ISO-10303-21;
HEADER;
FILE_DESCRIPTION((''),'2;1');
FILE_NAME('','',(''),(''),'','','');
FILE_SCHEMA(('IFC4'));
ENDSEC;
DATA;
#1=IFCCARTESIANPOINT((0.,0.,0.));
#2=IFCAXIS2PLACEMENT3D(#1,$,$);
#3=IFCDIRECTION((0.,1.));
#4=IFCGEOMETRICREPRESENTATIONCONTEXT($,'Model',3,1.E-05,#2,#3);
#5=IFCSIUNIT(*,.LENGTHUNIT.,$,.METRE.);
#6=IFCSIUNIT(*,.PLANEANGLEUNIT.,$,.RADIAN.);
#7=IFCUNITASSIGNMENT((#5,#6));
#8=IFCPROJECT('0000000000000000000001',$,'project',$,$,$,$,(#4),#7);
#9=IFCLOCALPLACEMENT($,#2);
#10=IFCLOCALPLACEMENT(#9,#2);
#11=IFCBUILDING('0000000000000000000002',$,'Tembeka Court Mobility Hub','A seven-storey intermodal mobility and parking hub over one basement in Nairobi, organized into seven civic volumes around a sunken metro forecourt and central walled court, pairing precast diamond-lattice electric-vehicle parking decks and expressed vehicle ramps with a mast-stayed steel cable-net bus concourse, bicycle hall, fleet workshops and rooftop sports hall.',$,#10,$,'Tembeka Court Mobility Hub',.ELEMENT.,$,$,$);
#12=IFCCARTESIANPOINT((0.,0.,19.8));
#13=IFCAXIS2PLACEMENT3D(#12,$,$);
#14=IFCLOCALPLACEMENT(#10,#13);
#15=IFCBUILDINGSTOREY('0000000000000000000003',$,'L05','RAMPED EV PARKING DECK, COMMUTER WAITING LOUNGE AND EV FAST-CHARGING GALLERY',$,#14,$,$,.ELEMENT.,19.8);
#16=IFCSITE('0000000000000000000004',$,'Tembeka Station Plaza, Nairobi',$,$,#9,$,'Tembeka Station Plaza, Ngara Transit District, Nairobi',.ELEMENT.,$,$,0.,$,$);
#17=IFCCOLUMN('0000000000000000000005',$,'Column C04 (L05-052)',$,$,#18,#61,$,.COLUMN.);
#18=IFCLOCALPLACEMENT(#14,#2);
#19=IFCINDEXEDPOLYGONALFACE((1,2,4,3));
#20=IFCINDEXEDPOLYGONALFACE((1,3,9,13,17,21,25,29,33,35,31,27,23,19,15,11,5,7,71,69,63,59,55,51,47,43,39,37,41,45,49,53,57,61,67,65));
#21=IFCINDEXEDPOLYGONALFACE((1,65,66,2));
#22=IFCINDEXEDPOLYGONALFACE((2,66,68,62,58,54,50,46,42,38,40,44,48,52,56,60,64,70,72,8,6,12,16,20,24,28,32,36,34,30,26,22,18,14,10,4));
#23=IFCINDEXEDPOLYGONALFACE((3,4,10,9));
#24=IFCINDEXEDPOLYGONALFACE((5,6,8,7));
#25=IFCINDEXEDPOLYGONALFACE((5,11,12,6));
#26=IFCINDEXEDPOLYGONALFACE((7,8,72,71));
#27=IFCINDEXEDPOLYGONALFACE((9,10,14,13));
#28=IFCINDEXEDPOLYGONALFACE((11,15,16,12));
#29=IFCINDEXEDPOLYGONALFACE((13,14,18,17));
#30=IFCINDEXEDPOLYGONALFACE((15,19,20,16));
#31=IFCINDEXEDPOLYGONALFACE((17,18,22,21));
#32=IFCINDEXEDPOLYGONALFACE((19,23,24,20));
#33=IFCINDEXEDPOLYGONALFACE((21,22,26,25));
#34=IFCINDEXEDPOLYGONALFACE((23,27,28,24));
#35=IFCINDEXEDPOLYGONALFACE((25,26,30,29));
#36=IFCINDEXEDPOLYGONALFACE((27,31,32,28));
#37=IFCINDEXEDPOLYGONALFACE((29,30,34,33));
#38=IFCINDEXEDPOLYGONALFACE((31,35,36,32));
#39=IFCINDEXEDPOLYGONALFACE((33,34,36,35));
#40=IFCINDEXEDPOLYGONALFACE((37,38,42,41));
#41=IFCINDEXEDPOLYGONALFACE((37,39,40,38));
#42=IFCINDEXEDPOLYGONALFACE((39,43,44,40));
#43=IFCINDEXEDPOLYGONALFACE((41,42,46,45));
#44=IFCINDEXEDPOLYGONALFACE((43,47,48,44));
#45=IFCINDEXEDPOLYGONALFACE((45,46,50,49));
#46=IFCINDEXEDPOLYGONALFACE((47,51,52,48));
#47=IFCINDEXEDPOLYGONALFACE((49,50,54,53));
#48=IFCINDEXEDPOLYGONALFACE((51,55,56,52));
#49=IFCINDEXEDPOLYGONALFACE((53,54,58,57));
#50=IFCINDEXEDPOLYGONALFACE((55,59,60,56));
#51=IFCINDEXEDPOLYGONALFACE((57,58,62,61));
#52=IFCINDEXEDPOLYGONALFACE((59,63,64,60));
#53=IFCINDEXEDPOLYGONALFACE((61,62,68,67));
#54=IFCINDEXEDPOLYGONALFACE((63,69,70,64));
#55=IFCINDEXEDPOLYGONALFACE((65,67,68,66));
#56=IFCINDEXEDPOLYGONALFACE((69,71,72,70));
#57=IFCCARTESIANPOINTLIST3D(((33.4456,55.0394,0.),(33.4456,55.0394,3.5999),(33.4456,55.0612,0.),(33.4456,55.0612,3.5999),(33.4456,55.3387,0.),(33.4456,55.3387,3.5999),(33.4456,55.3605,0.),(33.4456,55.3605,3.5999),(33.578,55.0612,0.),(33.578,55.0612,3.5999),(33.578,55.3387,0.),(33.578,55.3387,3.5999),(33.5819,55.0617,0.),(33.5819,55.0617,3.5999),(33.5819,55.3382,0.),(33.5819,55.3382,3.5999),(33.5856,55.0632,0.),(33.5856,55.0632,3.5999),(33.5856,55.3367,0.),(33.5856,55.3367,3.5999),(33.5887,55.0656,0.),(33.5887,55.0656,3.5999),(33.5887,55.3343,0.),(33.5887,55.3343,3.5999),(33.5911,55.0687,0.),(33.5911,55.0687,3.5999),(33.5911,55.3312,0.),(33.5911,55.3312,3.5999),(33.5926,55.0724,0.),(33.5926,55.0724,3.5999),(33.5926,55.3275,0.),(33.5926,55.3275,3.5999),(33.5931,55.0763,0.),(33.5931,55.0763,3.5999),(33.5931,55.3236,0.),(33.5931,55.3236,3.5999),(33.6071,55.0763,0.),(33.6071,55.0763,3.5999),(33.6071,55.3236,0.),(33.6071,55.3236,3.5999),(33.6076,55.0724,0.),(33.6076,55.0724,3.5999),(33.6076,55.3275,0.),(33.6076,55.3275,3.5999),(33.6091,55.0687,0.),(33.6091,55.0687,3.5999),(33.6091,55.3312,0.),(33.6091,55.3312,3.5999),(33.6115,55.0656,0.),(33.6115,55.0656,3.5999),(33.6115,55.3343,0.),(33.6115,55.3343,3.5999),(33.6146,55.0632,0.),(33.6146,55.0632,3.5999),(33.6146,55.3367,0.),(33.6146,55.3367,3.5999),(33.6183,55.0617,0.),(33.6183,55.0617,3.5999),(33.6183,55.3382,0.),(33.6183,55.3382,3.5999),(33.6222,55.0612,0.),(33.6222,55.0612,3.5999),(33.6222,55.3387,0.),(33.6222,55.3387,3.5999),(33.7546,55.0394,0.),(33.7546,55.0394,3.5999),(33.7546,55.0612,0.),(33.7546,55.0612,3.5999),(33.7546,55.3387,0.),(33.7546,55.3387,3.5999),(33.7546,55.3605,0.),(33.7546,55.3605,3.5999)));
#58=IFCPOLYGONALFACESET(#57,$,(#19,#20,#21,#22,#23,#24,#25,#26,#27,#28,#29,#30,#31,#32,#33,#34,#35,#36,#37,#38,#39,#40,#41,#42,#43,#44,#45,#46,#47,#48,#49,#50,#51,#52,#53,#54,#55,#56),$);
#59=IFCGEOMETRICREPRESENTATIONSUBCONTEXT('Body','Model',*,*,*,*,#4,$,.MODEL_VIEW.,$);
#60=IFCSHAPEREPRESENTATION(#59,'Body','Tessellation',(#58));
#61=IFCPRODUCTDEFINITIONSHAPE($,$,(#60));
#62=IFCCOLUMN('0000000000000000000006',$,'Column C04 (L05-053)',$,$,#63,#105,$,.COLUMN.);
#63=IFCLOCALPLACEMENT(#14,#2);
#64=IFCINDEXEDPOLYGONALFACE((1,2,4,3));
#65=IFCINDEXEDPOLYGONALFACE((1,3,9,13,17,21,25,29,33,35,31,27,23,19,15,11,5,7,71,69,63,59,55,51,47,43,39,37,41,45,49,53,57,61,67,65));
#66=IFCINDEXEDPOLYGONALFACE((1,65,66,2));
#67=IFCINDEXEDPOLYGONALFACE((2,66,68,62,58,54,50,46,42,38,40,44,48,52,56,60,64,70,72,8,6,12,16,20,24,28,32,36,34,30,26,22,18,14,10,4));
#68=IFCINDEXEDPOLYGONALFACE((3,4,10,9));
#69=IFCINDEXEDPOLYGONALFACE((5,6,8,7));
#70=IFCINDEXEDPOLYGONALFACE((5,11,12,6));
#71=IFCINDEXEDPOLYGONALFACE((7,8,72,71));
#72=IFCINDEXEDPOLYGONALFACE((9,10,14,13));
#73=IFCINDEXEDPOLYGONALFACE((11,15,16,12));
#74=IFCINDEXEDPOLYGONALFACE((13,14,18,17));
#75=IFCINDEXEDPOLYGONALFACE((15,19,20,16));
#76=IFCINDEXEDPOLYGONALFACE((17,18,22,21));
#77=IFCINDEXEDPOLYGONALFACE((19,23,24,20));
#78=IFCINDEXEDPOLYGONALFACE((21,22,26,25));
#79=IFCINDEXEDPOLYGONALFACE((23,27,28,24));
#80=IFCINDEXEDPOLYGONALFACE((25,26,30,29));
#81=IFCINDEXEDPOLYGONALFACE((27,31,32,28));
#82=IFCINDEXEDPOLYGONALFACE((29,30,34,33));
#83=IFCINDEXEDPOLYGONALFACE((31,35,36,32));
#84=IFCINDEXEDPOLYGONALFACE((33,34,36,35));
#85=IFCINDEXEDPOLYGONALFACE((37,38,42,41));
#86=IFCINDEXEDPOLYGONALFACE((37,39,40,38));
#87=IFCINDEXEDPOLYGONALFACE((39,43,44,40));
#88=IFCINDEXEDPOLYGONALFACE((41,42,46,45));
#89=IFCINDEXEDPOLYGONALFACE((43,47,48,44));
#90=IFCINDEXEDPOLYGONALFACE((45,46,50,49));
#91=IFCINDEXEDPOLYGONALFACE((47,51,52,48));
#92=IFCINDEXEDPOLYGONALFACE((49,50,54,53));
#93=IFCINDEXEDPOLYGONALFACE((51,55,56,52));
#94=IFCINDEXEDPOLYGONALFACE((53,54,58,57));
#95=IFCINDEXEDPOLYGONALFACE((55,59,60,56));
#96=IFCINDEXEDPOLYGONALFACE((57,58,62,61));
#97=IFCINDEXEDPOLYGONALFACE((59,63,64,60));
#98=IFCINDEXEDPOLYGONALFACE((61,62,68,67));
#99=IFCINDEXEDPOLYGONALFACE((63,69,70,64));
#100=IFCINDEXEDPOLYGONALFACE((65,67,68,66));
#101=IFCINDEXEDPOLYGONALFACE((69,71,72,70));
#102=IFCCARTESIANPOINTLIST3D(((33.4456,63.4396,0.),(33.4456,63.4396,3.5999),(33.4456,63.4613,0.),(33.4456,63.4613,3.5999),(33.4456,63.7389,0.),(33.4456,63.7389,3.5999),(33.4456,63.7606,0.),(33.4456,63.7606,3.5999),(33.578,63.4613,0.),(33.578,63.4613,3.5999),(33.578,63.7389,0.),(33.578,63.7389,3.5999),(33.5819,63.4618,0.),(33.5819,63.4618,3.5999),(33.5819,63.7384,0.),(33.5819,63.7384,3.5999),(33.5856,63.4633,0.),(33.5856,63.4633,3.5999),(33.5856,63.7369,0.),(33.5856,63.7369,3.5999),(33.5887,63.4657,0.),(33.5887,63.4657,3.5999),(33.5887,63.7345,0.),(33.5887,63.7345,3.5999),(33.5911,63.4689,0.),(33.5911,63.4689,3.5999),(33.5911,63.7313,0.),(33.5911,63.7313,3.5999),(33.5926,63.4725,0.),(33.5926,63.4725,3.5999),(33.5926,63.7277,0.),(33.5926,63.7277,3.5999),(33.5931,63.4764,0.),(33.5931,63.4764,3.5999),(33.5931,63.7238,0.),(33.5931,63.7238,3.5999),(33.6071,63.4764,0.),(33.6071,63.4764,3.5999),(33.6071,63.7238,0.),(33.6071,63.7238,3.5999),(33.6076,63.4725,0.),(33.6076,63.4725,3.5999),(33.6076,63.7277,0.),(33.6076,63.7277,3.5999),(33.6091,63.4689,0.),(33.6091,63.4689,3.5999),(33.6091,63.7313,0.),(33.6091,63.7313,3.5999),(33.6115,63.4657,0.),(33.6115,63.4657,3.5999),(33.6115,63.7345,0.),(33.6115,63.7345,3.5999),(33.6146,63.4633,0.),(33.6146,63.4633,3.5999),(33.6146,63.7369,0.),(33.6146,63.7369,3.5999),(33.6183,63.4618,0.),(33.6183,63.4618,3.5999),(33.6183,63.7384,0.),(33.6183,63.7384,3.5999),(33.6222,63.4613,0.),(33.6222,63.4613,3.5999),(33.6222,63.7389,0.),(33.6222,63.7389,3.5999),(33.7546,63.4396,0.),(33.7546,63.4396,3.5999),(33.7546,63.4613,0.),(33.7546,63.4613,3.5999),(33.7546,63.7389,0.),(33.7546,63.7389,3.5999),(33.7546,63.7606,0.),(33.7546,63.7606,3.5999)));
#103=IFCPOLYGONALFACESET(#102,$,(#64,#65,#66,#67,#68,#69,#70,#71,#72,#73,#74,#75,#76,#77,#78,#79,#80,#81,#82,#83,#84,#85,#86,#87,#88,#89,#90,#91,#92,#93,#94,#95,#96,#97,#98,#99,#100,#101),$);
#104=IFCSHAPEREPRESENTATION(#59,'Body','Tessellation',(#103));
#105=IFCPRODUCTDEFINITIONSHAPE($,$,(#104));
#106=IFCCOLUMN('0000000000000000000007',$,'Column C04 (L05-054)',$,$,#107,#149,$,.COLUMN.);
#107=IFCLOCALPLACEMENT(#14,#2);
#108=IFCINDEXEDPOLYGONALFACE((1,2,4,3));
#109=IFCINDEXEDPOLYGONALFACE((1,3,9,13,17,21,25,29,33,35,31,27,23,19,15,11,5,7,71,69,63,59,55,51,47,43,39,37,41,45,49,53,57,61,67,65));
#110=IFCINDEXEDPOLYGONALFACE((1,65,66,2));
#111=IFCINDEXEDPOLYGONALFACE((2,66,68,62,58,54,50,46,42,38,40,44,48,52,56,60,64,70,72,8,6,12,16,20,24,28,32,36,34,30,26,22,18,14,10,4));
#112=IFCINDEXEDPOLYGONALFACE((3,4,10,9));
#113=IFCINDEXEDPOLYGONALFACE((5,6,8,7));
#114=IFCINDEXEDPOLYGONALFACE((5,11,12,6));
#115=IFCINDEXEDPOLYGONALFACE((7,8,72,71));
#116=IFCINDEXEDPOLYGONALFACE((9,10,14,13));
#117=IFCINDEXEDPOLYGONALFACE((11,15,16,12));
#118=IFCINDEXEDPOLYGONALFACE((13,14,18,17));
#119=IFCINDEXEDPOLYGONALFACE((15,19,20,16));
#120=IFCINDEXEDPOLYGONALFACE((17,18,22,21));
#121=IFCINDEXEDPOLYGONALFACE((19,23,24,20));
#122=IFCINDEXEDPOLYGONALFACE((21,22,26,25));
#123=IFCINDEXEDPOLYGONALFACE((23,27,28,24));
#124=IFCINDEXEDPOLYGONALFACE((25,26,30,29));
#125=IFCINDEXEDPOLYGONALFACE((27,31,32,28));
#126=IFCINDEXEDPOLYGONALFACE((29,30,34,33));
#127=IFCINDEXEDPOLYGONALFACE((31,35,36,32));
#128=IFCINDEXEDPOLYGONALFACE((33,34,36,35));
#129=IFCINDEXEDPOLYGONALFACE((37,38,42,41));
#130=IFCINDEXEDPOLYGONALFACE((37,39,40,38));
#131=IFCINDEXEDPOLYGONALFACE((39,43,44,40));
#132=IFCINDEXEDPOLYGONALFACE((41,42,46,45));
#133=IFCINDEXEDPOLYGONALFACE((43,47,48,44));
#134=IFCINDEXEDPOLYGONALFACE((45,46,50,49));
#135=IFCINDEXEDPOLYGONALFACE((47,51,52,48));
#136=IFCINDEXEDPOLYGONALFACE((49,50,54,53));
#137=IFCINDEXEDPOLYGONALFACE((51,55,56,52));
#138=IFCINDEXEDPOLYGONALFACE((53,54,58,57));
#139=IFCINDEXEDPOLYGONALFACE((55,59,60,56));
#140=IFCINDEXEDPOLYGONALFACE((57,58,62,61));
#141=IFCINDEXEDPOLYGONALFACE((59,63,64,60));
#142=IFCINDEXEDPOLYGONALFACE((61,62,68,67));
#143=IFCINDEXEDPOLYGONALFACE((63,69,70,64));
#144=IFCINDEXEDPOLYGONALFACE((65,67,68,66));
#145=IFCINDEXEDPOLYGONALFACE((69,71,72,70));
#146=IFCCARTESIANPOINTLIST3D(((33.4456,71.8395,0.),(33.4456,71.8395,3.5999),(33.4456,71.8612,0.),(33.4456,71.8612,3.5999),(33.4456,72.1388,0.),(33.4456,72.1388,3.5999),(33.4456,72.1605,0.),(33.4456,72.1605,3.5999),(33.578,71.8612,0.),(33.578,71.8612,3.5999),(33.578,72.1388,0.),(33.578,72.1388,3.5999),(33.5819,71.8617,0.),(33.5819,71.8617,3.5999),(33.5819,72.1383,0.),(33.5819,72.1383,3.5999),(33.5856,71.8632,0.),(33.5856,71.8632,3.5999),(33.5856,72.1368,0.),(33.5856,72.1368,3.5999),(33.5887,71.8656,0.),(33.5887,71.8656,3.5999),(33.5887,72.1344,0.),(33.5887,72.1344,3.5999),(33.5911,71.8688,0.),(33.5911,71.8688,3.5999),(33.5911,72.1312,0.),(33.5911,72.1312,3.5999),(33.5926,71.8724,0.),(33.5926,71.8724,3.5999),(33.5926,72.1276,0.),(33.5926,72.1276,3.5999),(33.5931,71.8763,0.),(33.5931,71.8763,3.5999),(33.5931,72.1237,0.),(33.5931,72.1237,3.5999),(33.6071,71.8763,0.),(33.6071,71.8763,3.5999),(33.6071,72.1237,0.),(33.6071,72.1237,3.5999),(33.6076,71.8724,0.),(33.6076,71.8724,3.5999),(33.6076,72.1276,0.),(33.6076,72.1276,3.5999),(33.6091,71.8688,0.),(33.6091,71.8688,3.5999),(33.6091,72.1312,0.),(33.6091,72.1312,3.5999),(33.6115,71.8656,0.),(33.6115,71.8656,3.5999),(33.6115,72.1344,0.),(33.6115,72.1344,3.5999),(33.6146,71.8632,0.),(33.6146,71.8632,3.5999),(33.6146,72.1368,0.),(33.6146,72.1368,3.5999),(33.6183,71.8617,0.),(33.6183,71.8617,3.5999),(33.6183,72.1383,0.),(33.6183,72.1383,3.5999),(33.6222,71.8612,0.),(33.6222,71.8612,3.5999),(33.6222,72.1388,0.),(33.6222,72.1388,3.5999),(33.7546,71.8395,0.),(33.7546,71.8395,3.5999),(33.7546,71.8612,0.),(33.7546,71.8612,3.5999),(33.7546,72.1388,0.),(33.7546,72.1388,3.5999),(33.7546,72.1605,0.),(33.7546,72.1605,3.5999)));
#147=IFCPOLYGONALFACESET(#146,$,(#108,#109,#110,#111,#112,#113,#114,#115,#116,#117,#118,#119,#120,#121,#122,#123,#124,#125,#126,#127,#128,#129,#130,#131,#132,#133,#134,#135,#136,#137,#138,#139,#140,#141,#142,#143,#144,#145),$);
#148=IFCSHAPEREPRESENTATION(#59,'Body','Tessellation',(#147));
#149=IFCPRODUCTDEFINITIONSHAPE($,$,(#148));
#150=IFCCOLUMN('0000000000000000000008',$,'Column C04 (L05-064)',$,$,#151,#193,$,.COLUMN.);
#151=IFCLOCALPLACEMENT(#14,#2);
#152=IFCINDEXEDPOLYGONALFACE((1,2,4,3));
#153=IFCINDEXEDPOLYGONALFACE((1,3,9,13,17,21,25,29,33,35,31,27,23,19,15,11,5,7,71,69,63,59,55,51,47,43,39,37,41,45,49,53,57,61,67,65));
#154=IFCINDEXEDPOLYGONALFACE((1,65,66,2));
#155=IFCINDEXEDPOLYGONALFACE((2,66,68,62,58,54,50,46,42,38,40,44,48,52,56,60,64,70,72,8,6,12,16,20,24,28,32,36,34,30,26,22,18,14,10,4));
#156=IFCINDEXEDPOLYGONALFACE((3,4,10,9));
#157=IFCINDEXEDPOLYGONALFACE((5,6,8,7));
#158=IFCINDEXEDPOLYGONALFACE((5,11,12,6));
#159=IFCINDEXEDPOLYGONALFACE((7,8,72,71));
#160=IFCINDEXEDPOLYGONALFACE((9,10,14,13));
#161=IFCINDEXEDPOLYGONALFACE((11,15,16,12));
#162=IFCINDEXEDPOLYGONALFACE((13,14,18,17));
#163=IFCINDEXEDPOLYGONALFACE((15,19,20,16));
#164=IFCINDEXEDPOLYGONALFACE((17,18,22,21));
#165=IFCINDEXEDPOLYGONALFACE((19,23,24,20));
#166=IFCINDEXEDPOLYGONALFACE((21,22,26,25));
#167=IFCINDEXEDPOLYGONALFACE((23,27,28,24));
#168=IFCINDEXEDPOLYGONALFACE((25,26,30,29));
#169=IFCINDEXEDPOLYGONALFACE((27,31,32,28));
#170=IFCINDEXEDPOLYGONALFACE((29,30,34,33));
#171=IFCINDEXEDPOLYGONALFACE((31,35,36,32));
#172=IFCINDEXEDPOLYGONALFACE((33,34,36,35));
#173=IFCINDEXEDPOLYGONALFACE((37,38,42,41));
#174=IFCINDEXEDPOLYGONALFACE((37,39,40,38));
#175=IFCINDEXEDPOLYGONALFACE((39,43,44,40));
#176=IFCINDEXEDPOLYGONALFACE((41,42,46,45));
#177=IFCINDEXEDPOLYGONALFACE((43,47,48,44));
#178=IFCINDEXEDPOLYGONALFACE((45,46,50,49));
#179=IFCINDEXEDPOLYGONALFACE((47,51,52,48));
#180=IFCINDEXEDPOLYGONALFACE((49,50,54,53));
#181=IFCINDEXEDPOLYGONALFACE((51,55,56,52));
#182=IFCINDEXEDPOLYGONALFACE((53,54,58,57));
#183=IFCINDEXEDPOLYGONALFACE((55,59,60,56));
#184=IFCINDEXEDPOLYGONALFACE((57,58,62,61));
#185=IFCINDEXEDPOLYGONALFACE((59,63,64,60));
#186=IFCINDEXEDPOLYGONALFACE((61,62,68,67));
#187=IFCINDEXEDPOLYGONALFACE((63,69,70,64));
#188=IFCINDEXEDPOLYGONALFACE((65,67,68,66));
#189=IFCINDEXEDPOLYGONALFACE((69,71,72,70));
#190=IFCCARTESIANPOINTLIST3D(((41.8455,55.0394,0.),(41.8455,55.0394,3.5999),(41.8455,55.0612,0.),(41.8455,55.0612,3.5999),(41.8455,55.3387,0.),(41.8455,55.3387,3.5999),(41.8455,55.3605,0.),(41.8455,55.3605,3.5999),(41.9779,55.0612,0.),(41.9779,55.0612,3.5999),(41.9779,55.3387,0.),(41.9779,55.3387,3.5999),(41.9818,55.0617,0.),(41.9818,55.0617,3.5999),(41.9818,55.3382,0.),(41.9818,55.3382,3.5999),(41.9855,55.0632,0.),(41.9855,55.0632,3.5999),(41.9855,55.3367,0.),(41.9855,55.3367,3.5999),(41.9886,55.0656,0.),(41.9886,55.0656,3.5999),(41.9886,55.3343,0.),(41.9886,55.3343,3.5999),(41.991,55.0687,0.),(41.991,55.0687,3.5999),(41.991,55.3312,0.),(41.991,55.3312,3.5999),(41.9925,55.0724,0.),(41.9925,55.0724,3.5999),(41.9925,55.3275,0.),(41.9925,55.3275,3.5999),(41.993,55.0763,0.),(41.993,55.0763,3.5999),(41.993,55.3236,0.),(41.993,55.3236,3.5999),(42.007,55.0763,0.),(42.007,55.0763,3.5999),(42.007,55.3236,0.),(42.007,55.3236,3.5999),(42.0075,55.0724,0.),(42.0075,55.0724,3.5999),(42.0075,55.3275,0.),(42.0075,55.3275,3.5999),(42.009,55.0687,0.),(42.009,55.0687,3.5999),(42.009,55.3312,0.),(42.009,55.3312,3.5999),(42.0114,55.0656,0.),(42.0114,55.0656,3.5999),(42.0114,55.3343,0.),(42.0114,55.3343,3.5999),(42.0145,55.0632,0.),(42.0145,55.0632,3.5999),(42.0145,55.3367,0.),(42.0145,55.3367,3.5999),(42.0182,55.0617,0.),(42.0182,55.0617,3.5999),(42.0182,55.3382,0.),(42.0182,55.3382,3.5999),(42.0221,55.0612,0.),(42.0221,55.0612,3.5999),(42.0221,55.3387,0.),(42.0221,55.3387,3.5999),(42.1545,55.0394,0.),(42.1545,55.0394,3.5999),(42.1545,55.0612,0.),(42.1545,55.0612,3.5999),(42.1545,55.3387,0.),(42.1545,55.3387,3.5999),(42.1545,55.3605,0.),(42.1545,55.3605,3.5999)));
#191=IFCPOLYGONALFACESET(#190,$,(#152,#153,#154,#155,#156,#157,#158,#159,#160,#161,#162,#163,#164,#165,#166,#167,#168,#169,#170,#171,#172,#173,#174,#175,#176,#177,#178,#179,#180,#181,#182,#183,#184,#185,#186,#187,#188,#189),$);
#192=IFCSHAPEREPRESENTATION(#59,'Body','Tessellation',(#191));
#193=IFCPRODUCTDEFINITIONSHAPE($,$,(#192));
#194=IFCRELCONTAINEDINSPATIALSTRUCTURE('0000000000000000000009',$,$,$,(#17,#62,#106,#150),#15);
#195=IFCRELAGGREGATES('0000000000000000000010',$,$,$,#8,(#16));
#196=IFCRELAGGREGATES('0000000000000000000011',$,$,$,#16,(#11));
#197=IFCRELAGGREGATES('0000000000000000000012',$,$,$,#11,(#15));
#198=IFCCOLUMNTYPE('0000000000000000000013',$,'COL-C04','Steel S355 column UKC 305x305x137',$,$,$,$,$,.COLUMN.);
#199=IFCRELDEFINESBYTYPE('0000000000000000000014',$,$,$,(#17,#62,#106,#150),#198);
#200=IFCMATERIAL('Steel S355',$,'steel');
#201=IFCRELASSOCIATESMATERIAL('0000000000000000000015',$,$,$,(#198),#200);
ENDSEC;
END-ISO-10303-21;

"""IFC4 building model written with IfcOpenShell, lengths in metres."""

from ifc_helpers import new_model, si_unit, direction, frame, origin, origin_2d, place, context, subcontext, project, spatial, i_section, extrude, material, material_profile, profile_set, type_object, element, save


model = new_model("IFC4")

# Units and contexts
model_context = context("Model", 3, precision=1e-05, world=origin(), true_north=direction((0.0, 1.0)))
body_context = subcontext(model_context, "Body", "Model", "MODEL_VIEW")
ifc_project = project(units=[si_unit("LENGTHUNIT", "METRE"), si_unit("PLANEANGLEUNIT", "RADIAN")], contexts=[model_context])

# Site, building, storey
site_placement = place(None, origin())
site = spatial("IfcSite", under=ifc_project, at=site_placement, Name="Tembeka Station Plaza, Nairobi", LongName="Tembeka Station Plaza, Ngara Transit District, Nairobi", CompositionType="ELEMENT", RefElevation=0.0)
building_placement = place(site_placement, origin())
building = spatial("IfcBuilding", under=site, at=building_placement, Name="Tembeka Court Mobility Hub", Description="A seven-storey intermodal mobility and parking hub over one basement in Nairobi, organized into seven civic volumes around a sunken metro forecourt and central walled court, pairing precast diamond-lattice electric-vehicle parking decks and expressed vehicle ramps with a mast-stayed steel cable-net bus concourse, bicycle hall, fleet workshops and rooftop sports hall.", LongName="Tembeka Court Mobility Hub", CompositionType="ELEMENT")
storey_placement = place(building_placement, frame((0.0, 0.0, 19.8)))
storey = spatial("IfcBuildingStorey", under=building, at=storey_placement, Name="L05", Description="RAMPED EV PARKING DECK, COMMUTER WAITING LOUNGE AND EV FAST-CHARGING GALLERY", CompositionType="ELEMENT", Elevation=19.8)

# Columns
ifc_material_1 = material(Name="Steel S355", Category="steel")
ifc_material_profile_1 = material_profile(ifc_material_1, i_section(OverallWidth=0.3091, OverallDepth=0.321, WebThickness=0.0139, FlangeThickness=0.0217, FilletRadius=0.0151, at=origin_2d()), Name="UKC 305x305x137")
ifc_profile_set_1 = profile_set([ifc_material_profile_1], Name="Steel S355")
column_type = type_object("IfcColumnType", Name="COL-C04", Description="Steel S355 column UKC 305x305x137", PredefinedType="COLUMN", material=ifc_profile_set_1)
for number, where, z_axis, x_axis, name in (
    (1, (33.6001, 55.2, 0.0), (0.0, 0.0, 1.0), (1.0, 0.0, 0.0), "Column C04 (L05-052)"),
    (2, (33.6001, 63.6001, 0.0), (0.0, 0.0, 1.0), (1.0, 0.0, 0.0), "Column C04 (L05-053)"),
    (3, (33.6001, 72.0, 0.0), (0.0, 0.0, 1.0), (1.0, 0.0, 0.0), "Column C04 (L05-054)"),
    (4, (42.0, 55.2, 0.0), (0.0, 0.0, 1.0), (1.0, 0.0, 0.0), "Column C04 (L05-064)"),
):
    element("IfcColumn", number, at=place(storey_placement, frame(where, z_axis=z_axis, x_axis=x_axis)), inside=storey, type_object=column_type, Name=name, PredefinedType="COLUMN", context=body_context, shape_type="SweptSolid", body=[
        extrude(i_section(OverallWidth=0.3091, OverallDepth=0.321, WebThickness=0.0139, FlangeThickness=0.0217, FilletRadius=0.0151, at=origin_2d()), origin(), (0.0, 0.0, 1.0), 3.5999),
    ])

save(model, "model.ifc")
